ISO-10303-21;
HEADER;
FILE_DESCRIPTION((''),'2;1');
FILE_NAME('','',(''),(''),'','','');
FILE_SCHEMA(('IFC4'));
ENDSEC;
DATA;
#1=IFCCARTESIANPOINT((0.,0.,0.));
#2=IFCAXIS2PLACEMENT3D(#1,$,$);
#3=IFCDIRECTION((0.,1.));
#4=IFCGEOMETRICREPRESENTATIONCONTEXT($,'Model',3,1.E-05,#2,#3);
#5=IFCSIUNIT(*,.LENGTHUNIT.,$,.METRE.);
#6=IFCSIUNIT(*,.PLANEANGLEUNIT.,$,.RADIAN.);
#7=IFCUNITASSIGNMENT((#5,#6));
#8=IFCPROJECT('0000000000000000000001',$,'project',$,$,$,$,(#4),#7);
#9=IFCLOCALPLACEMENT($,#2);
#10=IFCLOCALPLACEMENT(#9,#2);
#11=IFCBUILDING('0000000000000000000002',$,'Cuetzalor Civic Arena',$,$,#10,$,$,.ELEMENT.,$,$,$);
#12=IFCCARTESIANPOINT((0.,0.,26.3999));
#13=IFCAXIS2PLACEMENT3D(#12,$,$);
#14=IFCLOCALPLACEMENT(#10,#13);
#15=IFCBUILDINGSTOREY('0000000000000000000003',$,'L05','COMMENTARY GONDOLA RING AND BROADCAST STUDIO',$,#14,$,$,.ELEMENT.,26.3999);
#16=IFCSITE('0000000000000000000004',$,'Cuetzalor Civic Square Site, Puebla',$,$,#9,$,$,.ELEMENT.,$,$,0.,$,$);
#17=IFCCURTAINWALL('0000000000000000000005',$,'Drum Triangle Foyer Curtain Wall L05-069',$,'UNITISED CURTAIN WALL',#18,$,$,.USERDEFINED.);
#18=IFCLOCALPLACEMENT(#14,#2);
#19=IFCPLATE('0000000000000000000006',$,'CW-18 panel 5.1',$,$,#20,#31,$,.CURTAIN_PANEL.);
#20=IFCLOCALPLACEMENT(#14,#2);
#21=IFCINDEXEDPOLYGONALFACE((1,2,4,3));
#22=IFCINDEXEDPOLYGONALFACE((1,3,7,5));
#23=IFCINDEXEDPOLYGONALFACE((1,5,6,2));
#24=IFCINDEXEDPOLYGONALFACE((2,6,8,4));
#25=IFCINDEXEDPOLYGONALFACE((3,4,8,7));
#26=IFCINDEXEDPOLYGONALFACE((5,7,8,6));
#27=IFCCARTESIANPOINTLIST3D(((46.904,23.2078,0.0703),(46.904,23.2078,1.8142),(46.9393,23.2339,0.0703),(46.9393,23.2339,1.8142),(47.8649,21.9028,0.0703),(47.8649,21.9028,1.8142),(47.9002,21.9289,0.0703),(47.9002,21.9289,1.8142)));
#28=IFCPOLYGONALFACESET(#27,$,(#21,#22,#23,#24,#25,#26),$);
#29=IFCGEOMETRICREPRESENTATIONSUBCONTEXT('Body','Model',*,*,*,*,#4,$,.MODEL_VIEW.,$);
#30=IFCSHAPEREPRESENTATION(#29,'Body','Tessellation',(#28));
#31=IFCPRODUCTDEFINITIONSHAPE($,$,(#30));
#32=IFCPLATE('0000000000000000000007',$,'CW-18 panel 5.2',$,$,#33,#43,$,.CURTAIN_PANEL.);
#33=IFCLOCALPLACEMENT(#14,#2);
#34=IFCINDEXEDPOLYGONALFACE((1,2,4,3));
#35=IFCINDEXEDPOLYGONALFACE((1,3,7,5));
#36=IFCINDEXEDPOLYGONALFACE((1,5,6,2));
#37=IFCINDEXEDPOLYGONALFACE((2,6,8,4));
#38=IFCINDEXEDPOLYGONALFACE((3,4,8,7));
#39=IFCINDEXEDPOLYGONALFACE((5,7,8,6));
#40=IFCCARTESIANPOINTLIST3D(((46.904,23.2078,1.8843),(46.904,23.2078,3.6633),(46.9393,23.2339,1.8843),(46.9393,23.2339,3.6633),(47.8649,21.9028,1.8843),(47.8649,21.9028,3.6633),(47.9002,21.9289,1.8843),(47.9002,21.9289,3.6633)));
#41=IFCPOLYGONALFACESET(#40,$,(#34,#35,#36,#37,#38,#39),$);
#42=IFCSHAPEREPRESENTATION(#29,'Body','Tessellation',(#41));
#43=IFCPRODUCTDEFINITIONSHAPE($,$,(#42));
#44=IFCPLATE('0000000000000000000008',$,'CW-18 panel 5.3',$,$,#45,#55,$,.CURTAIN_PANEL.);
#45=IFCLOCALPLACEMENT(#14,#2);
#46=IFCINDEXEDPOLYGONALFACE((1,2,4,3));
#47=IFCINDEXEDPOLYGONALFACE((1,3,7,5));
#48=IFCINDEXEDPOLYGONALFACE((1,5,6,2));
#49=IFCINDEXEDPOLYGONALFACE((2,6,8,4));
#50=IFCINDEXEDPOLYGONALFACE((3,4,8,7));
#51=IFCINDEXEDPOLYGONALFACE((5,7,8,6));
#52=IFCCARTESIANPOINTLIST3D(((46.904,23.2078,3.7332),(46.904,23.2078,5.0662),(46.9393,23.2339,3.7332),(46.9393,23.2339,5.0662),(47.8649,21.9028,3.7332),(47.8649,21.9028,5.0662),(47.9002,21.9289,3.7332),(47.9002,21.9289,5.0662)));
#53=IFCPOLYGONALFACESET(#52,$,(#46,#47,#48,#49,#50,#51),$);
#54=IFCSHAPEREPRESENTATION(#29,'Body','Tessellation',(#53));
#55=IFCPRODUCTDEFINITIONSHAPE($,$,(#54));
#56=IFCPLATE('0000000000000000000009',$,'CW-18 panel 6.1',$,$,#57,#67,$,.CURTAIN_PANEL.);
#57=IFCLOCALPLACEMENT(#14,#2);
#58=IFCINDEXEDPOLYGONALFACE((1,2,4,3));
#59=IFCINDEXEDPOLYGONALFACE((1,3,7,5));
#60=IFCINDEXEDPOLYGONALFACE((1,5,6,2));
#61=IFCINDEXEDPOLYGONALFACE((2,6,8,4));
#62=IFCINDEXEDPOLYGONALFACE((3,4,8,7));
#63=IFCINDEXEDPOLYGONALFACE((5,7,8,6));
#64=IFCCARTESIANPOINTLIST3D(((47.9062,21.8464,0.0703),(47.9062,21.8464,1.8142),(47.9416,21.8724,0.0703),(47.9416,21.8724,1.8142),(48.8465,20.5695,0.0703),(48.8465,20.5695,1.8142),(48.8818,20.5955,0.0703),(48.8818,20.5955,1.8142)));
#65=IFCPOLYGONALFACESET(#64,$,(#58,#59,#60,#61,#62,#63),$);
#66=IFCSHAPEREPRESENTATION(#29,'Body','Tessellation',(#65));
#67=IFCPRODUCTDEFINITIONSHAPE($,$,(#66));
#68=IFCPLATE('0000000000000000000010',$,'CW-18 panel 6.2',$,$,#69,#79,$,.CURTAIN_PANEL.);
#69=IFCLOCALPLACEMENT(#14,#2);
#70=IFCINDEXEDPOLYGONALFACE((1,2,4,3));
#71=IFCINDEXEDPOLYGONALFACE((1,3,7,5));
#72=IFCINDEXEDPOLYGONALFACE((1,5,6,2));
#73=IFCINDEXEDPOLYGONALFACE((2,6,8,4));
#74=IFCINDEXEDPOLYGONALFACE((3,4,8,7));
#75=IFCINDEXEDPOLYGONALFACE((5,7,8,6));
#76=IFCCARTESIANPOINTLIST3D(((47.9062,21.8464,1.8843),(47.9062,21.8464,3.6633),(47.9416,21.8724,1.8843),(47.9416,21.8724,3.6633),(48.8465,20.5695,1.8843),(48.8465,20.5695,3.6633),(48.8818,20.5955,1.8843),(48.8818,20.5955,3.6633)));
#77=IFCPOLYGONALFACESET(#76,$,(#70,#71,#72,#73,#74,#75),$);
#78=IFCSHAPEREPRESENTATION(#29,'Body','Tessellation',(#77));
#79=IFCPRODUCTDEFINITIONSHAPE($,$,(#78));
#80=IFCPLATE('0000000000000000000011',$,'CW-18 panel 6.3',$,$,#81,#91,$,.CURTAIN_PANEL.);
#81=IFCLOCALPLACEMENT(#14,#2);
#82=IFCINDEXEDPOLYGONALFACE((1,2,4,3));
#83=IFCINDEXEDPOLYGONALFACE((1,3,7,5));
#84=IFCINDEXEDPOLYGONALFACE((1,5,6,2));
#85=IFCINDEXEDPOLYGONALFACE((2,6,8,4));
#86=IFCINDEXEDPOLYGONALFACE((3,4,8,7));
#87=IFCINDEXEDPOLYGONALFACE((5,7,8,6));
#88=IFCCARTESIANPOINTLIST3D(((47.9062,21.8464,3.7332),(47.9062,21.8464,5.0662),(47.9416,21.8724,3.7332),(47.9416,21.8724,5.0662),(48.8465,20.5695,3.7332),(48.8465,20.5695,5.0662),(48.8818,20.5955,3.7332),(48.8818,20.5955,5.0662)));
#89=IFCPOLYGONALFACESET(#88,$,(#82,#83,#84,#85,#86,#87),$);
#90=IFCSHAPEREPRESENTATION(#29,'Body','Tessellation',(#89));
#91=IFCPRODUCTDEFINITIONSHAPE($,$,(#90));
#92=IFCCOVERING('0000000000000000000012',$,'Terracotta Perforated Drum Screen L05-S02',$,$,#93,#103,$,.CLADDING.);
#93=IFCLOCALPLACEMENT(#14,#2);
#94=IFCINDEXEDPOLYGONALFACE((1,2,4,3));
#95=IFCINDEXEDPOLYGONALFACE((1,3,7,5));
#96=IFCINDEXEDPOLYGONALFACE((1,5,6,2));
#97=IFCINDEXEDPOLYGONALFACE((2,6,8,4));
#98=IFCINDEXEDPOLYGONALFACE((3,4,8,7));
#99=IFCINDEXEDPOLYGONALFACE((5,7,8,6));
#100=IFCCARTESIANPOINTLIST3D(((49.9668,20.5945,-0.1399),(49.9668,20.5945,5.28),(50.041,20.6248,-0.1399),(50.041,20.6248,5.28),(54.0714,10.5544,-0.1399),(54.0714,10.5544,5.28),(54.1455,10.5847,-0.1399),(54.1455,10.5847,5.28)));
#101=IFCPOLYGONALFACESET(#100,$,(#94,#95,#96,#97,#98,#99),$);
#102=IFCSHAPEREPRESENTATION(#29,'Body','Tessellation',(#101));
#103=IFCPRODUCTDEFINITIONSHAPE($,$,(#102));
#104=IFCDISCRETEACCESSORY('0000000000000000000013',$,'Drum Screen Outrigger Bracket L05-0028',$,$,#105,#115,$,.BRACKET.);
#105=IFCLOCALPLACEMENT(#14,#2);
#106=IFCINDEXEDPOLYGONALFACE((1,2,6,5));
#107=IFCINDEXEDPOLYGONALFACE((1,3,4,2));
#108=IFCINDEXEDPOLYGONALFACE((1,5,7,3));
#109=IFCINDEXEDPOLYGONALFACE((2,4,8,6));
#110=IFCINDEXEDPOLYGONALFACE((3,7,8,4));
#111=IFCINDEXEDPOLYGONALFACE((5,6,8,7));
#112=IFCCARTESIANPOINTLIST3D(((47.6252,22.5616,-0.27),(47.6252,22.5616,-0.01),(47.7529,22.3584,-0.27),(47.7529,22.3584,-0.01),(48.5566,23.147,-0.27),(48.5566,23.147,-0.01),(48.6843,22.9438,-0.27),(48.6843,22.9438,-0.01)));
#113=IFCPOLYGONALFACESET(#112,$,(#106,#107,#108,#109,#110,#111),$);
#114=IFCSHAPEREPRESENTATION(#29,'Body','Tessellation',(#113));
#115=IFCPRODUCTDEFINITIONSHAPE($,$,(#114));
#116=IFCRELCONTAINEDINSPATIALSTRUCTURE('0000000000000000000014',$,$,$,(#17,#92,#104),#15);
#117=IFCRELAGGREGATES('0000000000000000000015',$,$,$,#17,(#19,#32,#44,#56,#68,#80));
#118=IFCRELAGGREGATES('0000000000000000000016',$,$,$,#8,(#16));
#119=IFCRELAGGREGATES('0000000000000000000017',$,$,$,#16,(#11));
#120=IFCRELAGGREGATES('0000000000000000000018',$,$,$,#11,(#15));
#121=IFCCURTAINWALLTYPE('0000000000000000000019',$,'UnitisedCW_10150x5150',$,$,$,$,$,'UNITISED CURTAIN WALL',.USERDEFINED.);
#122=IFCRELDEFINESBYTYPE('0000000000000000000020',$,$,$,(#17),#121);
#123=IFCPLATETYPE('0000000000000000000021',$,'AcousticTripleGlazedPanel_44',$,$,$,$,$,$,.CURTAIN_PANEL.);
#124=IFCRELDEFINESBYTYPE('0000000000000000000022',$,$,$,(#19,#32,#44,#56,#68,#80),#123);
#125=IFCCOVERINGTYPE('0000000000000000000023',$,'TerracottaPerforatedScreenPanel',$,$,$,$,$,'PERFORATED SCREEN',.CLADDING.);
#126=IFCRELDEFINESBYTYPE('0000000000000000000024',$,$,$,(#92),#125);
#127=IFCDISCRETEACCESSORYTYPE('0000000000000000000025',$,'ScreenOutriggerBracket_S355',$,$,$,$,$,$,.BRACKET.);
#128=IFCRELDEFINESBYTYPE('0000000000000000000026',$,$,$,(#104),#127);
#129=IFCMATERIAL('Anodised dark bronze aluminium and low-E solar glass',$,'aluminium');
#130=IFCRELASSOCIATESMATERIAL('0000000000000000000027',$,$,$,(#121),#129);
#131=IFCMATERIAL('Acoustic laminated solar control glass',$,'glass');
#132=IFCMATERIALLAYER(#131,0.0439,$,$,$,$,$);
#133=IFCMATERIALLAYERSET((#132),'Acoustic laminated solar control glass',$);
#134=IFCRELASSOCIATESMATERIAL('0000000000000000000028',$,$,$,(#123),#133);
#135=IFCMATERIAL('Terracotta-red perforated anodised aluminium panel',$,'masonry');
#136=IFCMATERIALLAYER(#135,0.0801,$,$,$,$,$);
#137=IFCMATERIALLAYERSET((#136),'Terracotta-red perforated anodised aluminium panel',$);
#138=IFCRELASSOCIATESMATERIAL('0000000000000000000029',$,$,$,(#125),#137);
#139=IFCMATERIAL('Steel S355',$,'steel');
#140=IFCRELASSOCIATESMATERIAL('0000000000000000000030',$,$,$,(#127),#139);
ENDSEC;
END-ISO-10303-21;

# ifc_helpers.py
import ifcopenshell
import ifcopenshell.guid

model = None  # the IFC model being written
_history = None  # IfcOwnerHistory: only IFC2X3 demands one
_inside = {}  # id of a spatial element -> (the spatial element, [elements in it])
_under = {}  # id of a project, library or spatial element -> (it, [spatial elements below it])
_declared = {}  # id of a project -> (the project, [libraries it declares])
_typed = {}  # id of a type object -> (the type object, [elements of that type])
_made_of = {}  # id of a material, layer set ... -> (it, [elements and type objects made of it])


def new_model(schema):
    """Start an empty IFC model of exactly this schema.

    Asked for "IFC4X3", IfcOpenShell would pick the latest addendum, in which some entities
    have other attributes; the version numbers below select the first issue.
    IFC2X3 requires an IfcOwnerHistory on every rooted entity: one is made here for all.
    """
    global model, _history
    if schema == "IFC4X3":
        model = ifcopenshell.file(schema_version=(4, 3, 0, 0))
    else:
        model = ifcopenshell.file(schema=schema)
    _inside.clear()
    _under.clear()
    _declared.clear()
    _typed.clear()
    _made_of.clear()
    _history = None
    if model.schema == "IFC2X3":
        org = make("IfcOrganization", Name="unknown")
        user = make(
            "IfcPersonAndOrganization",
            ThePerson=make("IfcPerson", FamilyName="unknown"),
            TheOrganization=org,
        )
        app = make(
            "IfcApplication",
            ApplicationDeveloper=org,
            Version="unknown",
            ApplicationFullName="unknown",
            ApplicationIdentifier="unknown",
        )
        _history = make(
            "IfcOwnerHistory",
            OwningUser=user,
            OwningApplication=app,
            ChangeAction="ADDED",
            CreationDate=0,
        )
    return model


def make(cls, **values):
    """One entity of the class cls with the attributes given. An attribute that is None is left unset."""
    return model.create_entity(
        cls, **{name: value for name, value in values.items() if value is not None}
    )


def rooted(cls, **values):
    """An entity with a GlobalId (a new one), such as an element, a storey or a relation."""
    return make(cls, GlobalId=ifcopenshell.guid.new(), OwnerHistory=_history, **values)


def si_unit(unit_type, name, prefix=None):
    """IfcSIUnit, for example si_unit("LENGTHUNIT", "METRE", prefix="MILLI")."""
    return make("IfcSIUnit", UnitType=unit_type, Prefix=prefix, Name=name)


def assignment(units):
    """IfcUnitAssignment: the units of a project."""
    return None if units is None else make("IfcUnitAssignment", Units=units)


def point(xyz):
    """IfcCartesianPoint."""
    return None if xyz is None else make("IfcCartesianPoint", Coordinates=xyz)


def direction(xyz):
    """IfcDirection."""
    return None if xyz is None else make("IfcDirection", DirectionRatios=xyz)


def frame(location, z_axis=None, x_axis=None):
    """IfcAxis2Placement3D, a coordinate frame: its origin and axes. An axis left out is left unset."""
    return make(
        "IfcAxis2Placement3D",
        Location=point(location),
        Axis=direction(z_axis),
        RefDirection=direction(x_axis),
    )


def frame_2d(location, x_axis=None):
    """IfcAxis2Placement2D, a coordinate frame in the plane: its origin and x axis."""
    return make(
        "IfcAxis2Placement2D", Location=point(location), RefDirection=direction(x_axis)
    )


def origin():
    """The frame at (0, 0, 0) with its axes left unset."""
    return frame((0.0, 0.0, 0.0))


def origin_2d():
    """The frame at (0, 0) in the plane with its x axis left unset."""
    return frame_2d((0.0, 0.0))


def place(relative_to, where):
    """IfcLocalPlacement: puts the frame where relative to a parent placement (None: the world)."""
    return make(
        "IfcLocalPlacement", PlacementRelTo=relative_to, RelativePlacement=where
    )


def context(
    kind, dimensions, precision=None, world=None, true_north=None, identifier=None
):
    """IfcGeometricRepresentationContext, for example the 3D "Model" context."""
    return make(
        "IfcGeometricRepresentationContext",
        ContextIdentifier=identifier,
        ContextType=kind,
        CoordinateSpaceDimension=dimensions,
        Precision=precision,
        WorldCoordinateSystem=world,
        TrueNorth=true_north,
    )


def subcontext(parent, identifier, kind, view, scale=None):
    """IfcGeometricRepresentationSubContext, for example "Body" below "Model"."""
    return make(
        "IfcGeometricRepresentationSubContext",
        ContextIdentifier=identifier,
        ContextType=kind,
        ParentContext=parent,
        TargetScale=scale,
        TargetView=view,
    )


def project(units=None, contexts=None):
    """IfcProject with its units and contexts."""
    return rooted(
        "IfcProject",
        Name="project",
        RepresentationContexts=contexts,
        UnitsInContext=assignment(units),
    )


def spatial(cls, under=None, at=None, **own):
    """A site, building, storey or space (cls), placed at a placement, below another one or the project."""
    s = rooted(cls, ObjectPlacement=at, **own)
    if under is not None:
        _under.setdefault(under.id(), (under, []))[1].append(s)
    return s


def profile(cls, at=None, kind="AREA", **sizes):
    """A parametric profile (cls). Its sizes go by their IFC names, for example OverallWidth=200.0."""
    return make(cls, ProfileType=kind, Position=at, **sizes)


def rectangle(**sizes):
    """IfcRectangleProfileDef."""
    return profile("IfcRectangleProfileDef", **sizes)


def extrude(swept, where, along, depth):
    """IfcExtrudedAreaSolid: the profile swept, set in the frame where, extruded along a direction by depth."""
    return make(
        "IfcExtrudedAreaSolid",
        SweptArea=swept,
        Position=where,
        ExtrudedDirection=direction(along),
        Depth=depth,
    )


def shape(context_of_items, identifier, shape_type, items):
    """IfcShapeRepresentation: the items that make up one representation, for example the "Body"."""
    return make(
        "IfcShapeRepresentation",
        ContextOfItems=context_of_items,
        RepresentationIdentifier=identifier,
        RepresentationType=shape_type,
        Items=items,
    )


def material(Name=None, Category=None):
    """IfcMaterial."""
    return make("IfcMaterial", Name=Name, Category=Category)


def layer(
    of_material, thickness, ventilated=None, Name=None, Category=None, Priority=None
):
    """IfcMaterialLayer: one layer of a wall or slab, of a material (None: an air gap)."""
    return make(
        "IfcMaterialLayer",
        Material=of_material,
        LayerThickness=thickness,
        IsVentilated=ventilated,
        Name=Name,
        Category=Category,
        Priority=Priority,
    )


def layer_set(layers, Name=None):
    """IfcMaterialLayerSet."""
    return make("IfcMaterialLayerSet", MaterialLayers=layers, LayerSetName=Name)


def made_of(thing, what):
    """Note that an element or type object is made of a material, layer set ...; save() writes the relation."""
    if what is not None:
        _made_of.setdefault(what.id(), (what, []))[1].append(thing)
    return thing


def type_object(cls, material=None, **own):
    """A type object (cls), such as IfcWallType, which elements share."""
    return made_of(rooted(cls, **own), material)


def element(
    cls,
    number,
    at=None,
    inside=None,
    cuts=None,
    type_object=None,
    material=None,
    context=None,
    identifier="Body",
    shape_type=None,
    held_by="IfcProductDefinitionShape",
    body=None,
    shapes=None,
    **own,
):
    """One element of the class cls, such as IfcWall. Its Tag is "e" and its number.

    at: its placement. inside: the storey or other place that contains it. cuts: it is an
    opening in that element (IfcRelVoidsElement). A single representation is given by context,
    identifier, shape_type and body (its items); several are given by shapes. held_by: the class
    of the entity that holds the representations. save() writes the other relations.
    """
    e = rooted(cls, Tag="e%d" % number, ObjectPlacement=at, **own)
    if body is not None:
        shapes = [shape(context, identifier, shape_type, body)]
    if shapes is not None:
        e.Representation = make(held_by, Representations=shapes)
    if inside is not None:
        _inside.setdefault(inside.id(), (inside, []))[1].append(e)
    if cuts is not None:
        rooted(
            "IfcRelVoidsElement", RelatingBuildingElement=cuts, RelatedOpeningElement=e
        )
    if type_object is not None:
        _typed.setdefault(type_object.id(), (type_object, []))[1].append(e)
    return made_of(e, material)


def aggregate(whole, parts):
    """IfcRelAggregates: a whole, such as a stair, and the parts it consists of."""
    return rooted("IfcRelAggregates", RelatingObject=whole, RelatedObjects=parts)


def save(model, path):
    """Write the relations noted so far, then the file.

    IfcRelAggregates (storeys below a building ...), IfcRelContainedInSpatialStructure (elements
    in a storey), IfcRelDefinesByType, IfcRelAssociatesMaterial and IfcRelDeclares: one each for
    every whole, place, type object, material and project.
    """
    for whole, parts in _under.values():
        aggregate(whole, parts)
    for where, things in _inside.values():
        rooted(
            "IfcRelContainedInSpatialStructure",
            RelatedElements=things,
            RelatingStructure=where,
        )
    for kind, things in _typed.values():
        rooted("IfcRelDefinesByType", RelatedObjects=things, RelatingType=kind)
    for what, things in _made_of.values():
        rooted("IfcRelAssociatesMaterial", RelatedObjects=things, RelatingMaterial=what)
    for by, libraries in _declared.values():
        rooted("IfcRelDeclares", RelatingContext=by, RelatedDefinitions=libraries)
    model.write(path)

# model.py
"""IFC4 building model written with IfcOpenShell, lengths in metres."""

from ifc_helpers import new_model, si_unit, direction, frame, frame_2d, origin, origin_2d, place, context, subcontext, project, spatial, rectangle, extrude, material, layer, layer_set, type_object, element, aggregate, save


model = new_model("IFC4")

# Units and contexts
model_context = context("Model", 3, precision=1e-05, world=origin(), true_north=direction((0.0, 1.0)))
body_context = subcontext(model_context, "Body", "Model", "MODEL_VIEW")
ifc_project = project(units=[si_unit("LENGTHUNIT", "METRE"), si_unit("PLANEANGLEUNIT", "RADIAN")], contexts=[model_context])

# Site, building, storey
site_placement = place(None, origin())
site = spatial("IfcSite", under=ifc_project, at=site_placement, Name="Cuetzalor Civic Square Site, Puebla", CompositionType="ELEMENT", RefElevation=0.0)
building_placement = place(site_placement, origin())
building = spatial("IfcBuilding", under=site, at=building_placement, Name="Cuetzalor Civic Arena", CompositionType="ELEMENT")
storey_placement = place(building_placement, frame((0.0, 0.0, 26.3999)))
storey = spatial("IfcBuildingStorey", under=building, at=storey_placement, Name="L05", Description="COMMENTARY GONDOLA RING AND BROADCAST STUDIO", CompositionType="ELEMENT", Elevation=26.3999)

# Curtain wall
ifc_material_1 = material(Name="Anodised dark bronze aluminium and low-E solar glass", Category="aluminium")
curtain_wall_type = type_object("IfcCurtainWallType", Name="UnitisedCW_10150x5150", ElementType="UNITISED CURTAIN WALL", PredefinedType="USERDEFINED", material=ifc_material_1)
curtain_wall_placement = place(storey_placement, origin())
curtain_wall = element("IfcCurtainWall", 1, at=curtain_wall_placement, inside=storey, type_object=curtain_wall_type, Name="Drum Triangle Foyer Curtain Wall L05-069", ObjectType="UNITISED CURTAIN WALL", PredefinedType="USERDEFINED")

# Plates
ifc_material_2 = material(Name="Acoustic laminated solar control glass", Category="glass")
ifc_layer_1 = layer(ifc_material_2, 0.0439)
ifc_layer_set_1 = layer_set([ifc_layer_1], Name="Acoustic laminated solar control glass")
plate_type = type_object("IfcPlateType", Name="AcousticTripleGlazedPanel_44", PredefinedType="CURTAIN_PANEL", material=ifc_layer_set_1)
plate_1_placement = place(storey_placement, frame((47.4021, 22.5684, 0.0703), z_axis=(0.0, 0.0, 1.0), x_axis=(0.592929, -0.805255, 0.0)))
plate_1 = element("IfcPlate", 2, at=plate_1_placement, type_object=plate_type, Name="CW-18 panel 5.1", PredefinedType="CURTAIN_PANEL", context=body_context, shape_type="SweptSolid", body=[
    extrude(rectangle(XDim=1.6206, YDim=0.0439, at=origin_2d()), origin(), (0.0, 0.0, 1.0), 1.7439),
])
plate_2_placement = place(storey_placement, frame((47.4021, 22.5684, 1.8843), z_axis=(0.0, 0.0, 1.0), x_axis=(0.592929, -0.805255, 0.0)))
plate_2 = element("IfcPlate", 3, at=plate_2_placement, type_object=plate_type, Name="CW-18 panel 5.2", PredefinedType="CURTAIN_PANEL", context=body_context, shape_type="SweptSolid", body=[
    extrude(rectangle(XDim=1.6206, YDim=0.0439, at=origin_2d()), origin(), (0.0, 0.0, 1.0), 1.7791),
])
plate_3_placement = place(storey_placement, frame((47.4021, 22.5684, 3.7332), z_axis=(0.0, 0.0, 1.0), x_axis=(0.592929, -0.805255, 0.0)))
plate_3 = element("IfcPlate", 4, at=plate_3_placement, type_object=plate_type, Name="CW-18 panel 5.3", PredefinedType="CURTAIN_PANEL", context=body_context, shape_type="SweptSolid", body=[
    extrude(rectangle(XDim=1.6206, YDim=0.0439, at=origin_2d()), origin(), (0.0, 0.0, 1.0), 1.333),
])
plate_4_placement = place(storey_placement, frame((48.394, 21.2209, 0.0703), z_axis=(0.0, 0.0, 1.0), x_axis=(0.592929, -0.805255, 0.0)))
plate_4 = element("IfcPlate", 5, at=plate_4_placement, type_object=plate_type, Name="CW-18 panel 6.1", PredefinedType="CURTAIN_PANEL", context=body_context, shape_type="SweptSolid", body=[
    extrude(rectangle(XDim=1.5857, YDim=0.0439, at=origin_2d()), origin(), (0.0, 0.0, 1.0), 1.7439),
])
plate_5_placement = place(storey_placement, frame((48.394, 21.2209, 1.8843), z_axis=(0.0, 0.0, 1.0), x_axis=(0.592929, -0.805255, 0.0)))
plate_5 = element("IfcPlate", 6, at=plate_5_placement, type_object=plate_type, Name="CW-18 panel 6.2", PredefinedType="CURTAIN_PANEL", context=body_context, shape_type="SweptSolid", body=[
    extrude(rectangle(XDim=1.5857, YDim=0.0439, at=origin_2d()), origin(), (0.0, 0.0, 1.0), 1.7791),
])
plate_6_placement = place(storey_placement, frame((48.394, 21.2209, 3.7332), z_axis=(0.0, 0.0, 1.0), x_axis=(0.592929, -0.805255, 0.0)))
plate_6 = element("IfcPlate", 7, at=plate_6_placement, type_object=plate_type, Name="CW-18 panel 6.3", PredefinedType="CURTAIN_PANEL", context=body_context, shape_type="SweptSolid", body=[
    extrude(rectangle(XDim=1.5857, YDim=0.0439, at=origin_2d()), origin(), (0.0, 0.0, 1.0), 1.333),
])
aggregate(curtain_wall, [plate_1, plate_2, plate_3, plate_4, plate_5, plate_6])

# Covering
ifc_material_3 = material(Name="Terracotta-red perforated anodised aluminium panel", Category="masonry")
ifc_layer_2 = layer(ifc_material_3, 0.0801)
ifc_layer_set_2 = layer_set([ifc_layer_2], Name="Terracotta-red perforated anodised aluminium panel")
covering_type = type_object("IfcCoveringType", Name="TerracottaPerforatedScreenPanel", ElementType="PERFORATED SCREEN", PredefinedType="CLADDING", material=ifc_layer_set_2)
covering_placement = place(storey_placement, frame((50.0039, 20.6096, -0.1399), z_axis=(0.0, 0.0, 1.0), x_axis=(0.378412, -0.925637, 0.0)))
element("IfcCovering", 8, at=covering_placement, inside=storey, type_object=covering_type, Name="Terracotta Perforated Drum Screen L05-S02", PredefinedType="CLADDING", context=body_context, shape_type="SweptSolid", body=[
    extrude(rectangle(XDim=10.8467, YDim=0.0801, at=frame_2d((5.4233, 0.0))), origin(), (0.0, 0.0, 1.0), 5.4199),
])

# Discrete accessory
ifc_material_4 = material(Name="Steel S355", Category="steel")
discrete_accessory_type = type_object("IfcDiscreteAccessoryType", Name="ScreenOutriggerBracket_S355", PredefinedType="BRACKET", material=ifc_material_4)
discrete_accessory_placement = place(storey_placement, frame((48.1548, 22.7527, -0.27), z_axis=(0.0, 0.0, 1.0), x_axis=(0.846658, 0.532138, 0.0)))
element("IfcDiscreteAccessory", 9, at=discrete_accessory_placement, inside=storey, type_object=discrete_accessory_type, Name="Drum Screen Outrigger Bracket L05-0028", PredefinedType="BRACKET", context=body_context, shape_type="SweptSolid", body=[
    extrude(rectangle(XDim=1.1001, YDim=0.24, at=origin_2d()), origin(), (0.0, 0.0, 1.0), 0.26),
])

save(model, "model.ifc")
